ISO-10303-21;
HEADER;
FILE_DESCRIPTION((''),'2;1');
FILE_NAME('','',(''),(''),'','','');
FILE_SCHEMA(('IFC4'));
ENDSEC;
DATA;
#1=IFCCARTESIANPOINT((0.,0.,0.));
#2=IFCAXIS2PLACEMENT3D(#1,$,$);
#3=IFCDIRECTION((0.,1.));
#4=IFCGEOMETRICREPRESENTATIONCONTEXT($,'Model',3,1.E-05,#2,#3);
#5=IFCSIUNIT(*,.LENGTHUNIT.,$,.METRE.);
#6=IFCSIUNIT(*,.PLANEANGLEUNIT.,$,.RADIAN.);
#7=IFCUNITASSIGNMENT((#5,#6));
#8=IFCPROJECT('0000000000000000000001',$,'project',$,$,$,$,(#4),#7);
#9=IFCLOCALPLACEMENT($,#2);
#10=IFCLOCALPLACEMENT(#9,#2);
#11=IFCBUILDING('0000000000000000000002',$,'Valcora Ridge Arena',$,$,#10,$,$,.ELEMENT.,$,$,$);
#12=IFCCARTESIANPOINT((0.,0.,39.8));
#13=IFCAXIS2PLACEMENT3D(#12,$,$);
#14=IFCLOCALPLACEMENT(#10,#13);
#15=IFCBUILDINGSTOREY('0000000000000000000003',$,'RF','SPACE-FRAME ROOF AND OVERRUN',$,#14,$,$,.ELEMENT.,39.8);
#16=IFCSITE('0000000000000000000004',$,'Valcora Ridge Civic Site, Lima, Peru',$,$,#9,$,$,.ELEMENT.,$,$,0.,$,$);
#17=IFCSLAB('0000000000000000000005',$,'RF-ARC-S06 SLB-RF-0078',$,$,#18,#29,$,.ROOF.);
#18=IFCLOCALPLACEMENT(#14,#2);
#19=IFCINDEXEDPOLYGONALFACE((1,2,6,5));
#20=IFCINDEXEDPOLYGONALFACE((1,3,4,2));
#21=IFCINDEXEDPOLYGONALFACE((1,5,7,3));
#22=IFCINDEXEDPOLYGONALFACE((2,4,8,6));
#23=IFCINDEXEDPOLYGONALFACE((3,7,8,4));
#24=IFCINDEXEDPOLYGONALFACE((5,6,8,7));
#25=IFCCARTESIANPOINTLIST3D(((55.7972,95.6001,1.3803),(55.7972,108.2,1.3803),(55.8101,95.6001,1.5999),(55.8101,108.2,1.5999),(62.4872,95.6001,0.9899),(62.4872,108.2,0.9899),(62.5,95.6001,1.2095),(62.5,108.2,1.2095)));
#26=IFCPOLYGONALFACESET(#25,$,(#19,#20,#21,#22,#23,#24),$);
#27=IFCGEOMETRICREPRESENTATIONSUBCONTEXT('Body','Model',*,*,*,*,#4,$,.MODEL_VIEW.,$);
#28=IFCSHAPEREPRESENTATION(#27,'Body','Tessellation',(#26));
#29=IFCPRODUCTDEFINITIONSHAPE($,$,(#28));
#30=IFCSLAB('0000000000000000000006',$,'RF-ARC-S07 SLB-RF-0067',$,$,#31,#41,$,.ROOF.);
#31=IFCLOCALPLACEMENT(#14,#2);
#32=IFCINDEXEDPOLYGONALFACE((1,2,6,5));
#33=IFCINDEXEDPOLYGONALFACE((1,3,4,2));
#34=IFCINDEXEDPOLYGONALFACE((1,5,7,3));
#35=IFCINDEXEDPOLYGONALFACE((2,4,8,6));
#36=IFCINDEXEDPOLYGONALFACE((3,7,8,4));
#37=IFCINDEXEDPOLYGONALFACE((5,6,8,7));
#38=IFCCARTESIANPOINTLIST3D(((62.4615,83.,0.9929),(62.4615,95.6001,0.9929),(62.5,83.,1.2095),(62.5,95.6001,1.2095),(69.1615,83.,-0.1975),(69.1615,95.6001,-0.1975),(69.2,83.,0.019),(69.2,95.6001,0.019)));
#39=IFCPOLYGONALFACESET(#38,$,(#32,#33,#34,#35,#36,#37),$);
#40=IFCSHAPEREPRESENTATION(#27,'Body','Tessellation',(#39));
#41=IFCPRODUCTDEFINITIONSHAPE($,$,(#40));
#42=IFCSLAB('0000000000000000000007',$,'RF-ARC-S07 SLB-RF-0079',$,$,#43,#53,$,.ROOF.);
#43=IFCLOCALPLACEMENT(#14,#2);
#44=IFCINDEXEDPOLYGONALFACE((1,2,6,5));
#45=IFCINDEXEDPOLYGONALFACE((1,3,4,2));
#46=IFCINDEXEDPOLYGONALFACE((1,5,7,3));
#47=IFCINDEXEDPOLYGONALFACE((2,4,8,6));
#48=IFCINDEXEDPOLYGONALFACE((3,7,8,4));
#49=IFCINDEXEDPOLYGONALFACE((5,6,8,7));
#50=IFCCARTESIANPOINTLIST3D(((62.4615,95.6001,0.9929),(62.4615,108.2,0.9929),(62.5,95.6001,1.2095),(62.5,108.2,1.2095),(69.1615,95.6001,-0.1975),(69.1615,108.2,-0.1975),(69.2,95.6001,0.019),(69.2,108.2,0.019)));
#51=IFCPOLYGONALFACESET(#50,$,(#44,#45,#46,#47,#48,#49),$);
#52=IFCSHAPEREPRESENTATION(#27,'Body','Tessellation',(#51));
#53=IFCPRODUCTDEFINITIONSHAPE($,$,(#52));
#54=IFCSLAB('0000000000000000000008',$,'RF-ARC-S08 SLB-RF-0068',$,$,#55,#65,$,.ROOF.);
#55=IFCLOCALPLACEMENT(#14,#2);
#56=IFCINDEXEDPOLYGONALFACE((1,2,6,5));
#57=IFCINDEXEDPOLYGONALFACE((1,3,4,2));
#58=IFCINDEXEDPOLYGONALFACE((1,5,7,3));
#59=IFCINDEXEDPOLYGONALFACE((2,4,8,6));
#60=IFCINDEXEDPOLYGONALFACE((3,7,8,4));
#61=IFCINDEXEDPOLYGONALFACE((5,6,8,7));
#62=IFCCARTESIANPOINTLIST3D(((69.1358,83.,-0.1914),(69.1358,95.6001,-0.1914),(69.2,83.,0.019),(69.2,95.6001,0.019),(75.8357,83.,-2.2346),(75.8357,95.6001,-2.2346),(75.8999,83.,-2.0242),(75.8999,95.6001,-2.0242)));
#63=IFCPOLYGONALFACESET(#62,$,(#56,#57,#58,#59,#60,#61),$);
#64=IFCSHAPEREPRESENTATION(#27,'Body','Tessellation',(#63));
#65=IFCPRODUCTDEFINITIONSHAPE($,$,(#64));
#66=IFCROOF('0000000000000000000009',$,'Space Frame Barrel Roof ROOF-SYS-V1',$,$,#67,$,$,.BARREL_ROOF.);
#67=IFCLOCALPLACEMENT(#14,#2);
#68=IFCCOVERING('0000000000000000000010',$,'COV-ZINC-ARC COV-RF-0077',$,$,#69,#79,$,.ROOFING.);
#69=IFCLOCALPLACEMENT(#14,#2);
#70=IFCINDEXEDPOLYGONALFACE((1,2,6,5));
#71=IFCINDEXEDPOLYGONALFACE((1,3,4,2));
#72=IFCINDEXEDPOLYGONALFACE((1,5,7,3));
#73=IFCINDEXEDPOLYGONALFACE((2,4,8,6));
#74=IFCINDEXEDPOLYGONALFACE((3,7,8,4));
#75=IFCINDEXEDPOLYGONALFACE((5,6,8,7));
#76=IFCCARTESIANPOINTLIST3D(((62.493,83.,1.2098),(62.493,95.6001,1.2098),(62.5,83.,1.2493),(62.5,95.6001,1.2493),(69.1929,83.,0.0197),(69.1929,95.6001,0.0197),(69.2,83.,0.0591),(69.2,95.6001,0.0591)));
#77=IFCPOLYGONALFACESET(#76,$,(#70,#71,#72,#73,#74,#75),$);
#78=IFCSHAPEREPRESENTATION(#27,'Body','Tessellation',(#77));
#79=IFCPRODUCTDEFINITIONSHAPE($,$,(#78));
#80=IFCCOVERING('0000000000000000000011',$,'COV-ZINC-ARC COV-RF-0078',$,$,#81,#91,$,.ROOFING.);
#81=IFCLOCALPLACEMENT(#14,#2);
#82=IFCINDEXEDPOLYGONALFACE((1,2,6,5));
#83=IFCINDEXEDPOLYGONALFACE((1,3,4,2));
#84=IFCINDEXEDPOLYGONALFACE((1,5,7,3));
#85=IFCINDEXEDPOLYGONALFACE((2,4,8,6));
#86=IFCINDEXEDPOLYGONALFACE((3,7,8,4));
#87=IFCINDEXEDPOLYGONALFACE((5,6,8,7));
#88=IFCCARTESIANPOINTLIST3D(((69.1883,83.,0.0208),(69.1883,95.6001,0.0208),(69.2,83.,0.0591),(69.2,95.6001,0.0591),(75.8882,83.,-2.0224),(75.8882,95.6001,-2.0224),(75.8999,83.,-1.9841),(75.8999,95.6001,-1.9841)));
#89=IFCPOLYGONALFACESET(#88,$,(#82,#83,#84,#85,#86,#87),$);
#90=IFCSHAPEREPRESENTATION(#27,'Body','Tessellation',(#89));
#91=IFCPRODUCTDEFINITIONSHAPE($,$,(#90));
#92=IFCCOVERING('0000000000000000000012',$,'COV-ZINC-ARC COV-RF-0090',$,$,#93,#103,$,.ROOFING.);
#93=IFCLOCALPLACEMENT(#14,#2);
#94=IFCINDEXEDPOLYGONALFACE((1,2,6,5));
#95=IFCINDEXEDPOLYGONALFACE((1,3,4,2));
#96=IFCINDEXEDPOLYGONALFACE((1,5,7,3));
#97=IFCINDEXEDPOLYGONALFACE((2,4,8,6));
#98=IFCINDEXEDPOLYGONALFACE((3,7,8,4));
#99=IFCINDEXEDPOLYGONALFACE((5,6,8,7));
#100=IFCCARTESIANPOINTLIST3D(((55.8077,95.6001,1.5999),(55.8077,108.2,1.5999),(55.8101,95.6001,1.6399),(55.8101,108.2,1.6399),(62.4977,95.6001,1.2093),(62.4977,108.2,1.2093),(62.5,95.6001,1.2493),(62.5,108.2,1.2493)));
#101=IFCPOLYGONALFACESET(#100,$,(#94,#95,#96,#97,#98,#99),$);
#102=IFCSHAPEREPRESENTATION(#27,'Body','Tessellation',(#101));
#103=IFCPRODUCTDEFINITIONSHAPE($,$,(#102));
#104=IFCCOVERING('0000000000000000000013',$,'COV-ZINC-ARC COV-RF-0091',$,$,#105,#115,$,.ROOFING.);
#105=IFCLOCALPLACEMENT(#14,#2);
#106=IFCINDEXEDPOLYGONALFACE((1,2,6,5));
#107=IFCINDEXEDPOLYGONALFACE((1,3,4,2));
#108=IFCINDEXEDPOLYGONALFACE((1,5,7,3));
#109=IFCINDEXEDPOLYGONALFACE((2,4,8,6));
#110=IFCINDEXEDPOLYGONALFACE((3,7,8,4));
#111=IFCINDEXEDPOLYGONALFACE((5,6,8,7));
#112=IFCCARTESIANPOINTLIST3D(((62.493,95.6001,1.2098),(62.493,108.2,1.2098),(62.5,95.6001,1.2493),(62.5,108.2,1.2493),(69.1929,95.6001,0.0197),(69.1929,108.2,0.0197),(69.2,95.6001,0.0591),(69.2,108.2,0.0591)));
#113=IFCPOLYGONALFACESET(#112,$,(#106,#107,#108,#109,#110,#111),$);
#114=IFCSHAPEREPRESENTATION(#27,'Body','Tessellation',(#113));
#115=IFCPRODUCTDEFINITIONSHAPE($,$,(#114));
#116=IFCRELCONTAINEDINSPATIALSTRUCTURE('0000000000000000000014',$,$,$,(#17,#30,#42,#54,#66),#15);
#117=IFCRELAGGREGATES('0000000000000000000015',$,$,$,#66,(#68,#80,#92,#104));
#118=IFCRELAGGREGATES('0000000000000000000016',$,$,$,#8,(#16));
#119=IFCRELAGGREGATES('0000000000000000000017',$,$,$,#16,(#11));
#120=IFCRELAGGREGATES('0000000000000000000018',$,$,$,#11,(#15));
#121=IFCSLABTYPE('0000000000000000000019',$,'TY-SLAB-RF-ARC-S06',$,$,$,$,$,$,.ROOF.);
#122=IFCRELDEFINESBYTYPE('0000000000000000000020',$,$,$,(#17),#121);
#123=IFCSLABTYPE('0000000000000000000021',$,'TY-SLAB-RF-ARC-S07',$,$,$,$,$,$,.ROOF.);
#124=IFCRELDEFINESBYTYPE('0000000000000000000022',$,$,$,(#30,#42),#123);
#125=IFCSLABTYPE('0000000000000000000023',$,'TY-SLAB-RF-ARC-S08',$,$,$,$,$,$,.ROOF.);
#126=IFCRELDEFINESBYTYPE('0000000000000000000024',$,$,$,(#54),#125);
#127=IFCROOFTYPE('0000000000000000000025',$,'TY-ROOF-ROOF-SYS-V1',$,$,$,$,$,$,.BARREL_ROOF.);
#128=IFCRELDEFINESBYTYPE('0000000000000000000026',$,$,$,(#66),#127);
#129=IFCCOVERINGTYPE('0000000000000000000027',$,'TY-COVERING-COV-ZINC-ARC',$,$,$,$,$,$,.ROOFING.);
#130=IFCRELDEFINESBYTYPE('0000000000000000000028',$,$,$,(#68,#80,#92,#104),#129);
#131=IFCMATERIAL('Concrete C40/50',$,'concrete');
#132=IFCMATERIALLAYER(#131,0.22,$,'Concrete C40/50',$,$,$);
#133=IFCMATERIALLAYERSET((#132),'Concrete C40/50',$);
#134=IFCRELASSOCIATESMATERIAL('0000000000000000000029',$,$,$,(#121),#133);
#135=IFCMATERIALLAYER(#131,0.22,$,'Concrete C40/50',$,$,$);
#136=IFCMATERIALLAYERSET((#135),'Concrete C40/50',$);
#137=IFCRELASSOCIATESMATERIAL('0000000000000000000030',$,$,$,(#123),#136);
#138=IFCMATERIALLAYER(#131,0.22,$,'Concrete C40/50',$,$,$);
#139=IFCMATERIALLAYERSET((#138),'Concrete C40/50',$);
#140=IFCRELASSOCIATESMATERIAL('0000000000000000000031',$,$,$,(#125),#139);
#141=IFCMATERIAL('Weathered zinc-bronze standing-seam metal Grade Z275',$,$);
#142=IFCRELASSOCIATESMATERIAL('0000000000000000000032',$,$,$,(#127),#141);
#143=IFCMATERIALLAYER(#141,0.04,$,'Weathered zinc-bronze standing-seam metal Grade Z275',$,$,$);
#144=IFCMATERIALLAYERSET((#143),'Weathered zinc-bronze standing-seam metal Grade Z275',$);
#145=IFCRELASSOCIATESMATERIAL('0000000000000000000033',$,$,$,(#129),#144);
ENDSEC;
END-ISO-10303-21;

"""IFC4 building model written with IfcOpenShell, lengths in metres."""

from ifc_helpers import new_model, si_unit, direction, frame, origin, place, context, subcontext, project, spatial, polyline, outline, extrude, material, layer, layer_set, type_object, element, aggregate, save


model = new_model("IFC4")

# Units and contexts
model_context = context("Model", 3, precision=1e-05, world=origin(), true_north=direction((0.0, 1.0)))
body_context = subcontext(model_context, "Body", "Model", "MODEL_VIEW")
ifc_project = project(units=[si_unit("LENGTHUNIT", "METRE"), si_unit("PLANEANGLEUNIT", "RADIAN")], contexts=[model_context])

# Site, building, storey
site_placement = place(None, origin())
site = spatial("IfcSite", under=ifc_project, at=site_placement, Name="Valcora Ridge Civic Site, Lima, Peru", CompositionType="ELEMENT", RefElevation=0.0)
building_placement = place(site_placement, origin())
building = spatial("IfcBuilding", under=site, at=building_placement, Name="Valcora Ridge Arena", CompositionType="ELEMENT")
storey_placement = place(building_placement, frame((0.0, 0.0, 39.8)))
storey = spatial("IfcBuildingStorey", under=building, at=storey_placement, Name="RF", Description="SPACE-FRAME ROOF AND OVERRUN", CompositionType="ELEMENT", Elevation=39.8)

# Slabs
ifc_material_1 = material(Name="Concrete C40/50", Category="concrete")
ifc_layer_1 = layer(ifc_material_1, 0.22, Name="Concrete C40/50")
ifc_layer_set_1 = layer_set([ifc_layer_1], Name="Concrete C40/50")
slab_type_1 = type_object("IfcSlabType", Name="TY-SLAB-RF-ARC-S06", PredefinedType="ROOF", material=ifc_layer_set_1)
slab_1_placement = place(storey_placement, frame((55.8101, 95.6001, 1.5999), z_axis=(0.058254, 0.0, 0.998302), x_axis=(0.998302, 0.0, -0.058254)))
element("IfcSlab", 1, at=slab_1_placement, inside=storey, type_object=slab_type_1, Name="RF-ARC-S06 SLB-RF-0078", PredefinedType="ROOF", context=body_context, shape_type="SweptSolid", body=[
    extrude(outline(polyline([(0.0, 0.0), (6.7013, 0.0), (6.7013, 12.5999), (0.0, 12.5999), (0.0, 0.0)])), origin(), (0.0, 0.0, -1.0), 0.22),
])
ifc_layer_2 = layer(ifc_material_1, 0.22, Name="Concrete C40/50")
ifc_layer_set_2 = layer_set([ifc_layer_2], Name="Concrete C40/50")
slab_type_2 = type_object("IfcSlabType", Name="TY-SLAB-RF-ARC-S07", PredefinedType="ROOF", material=ifc_layer_set_2)
slab_2_placement = place(storey_placement, frame((62.5, 83.0, 1.2095), z_axis=(0.174938, 0.0, 0.98458), x_axis=(0.98458, 0.0, -0.174938)))
element("IfcSlab", 2, at=slab_2_placement, inside=storey, type_object=slab_type_2, Name="RF-ARC-S07 SLB-RF-0067", PredefinedType="ROOF", context=body_context, shape_type="SweptSolid", body=[
    extrude(outline(polyline([(0.0, 0.0), (6.8049, 0.0), (6.8049, 12.6001), (0.0, 12.6001), (0.0, 0.0)])), origin(), (0.0, 0.0, -1.0), 0.22),
])
slab_3_placement = place(storey_placement, frame((62.5, 95.6001, 1.2095), z_axis=(0.174938, 0.0, 0.98458), x_axis=(0.98458, 0.0, -0.174938)))
element("IfcSlab", 3, at=slab_3_placement, inside=storey, type_object=slab_type_2, Name="RF-ARC-S07 SLB-RF-0079", PredefinedType="ROOF", context=body_context, shape_type="SweptSolid", body=[
    extrude(outline(polyline([(0.0, 0.0), (6.8049, 0.0), (6.8049, 12.5999), (0.0, 12.5999), (0.0, 0.0)])), origin(), (0.0, 0.0, -1.0), 0.22),
])
ifc_layer_3 = layer(ifc_material_1, 0.22, Name="Concrete C40/50")
ifc_layer_set_3 = layer_set([ifc_layer_3], Name="Concrete C40/50")
slab_type_3 = type_object("IfcSlabType", Name="TY-SLAB-RF-ARC-S08", PredefinedType="ROOF", material=ifc_layer_set_3)
slab_4_placement = place(storey_placement, frame((69.2, 83.0, 0.019), z_axis=(0.291697, 0.0, 0.956511), x_axis=(0.956511, 0.0, -0.291697)))
element("IfcSlab", 4, at=slab_4_placement, inside=storey, type_object=slab_type_3, Name="RF-ARC-S08 SLB-RF-0068", PredefinedType="ROOF", context=body_context, shape_type="SweptSolid", body=[
    extrude(outline(polyline([(0.0, 0.0), (7.0046, 0.0), (7.0046, 12.6001), (0.0, 12.6001), (0.0, 0.0)])), origin(), (0.0, 0.0, -1.0), 0.22),
])

# Roof, coverings
ifc_material_2 = material(Name="Weathered zinc-bronze standing-seam metal Grade Z275")
roof_type = type_object("IfcRoofType", Name="TY-ROOF-ROOF-SYS-V1", PredefinedType="BARREL_ROOF", material=ifc_material_2)
roof_placement = place(storey_placement, origin())
roof = element("IfcRoof", 5, at=roof_placement, inside=storey, type_object=roof_type, Name="Space Frame Barrel Roof ROOF-SYS-V1", PredefinedType="BARREL_ROOF")
ifc_layer_4 = layer(ifc_material_2, 0.04, Name="Weathered zinc-bronze standing-seam metal Grade Z275")
ifc_layer_set_4 = layer_set([ifc_layer_4], Name="Weathered zinc-bronze standing-seam metal Grade Z275")
covering_type = type_object("IfcCoveringType", Name="TY-COVERING-COV-ZINC-ARC", PredefinedType="ROOFING", material=ifc_layer_set_4)
covering_1_placement = place(storey_placement, frame((62.5, 83.0, 1.2493), z_axis=(0.174903, 0.0, 0.984586), x_axis=(0.984586, 0.0, -0.174903)))
covering_1 = element("IfcCovering", 6, at=covering_1_placement, type_object=covering_type, Name="COV-ZINC-ARC COV-RF-0077", PredefinedType="ROOFING", context=body_context, shape_type="SweptSolid", body=[
    extrude(outline(polyline([(0.0, 0.0), (6.8048, 0.0), (6.8048, 12.6001), (0.0, 12.6001), (0.0, 0.0)])), origin(), (0.0, 0.0, -1.0), 0.04),
])
covering_2_placement = place(storey_placement, frame((69.2, 83.0, 0.0591), z_axis=(0.291697, 0.0, 0.956511), x_axis=(0.956511, 0.0, -0.291697)))
covering_2 = element("IfcCovering", 7, at=covering_2_placement, type_object=covering_type, Name="COV-ZINC-ARC COV-RF-0078", PredefinedType="ROOFING", context=body_context, shape_type="SweptSolid", body=[
    extrude(outline(polyline([(0.0, 0.0), (7.0046, 0.0), (7.0046, 12.6001), (0.0, 12.6001), (0.0, 0.0)])), origin(), (0.0, 0.0, -1.0), 0.04),
])
covering_3_placement = place(storey_placement, frame((55.8101, 95.6001, 1.6399), z_axis=(0.058291, 0.0, 0.9983), x_axis=(0.9983, 0.0, -0.058291)))
covering_3 = element("IfcCovering", 8, at=covering_3_placement, type_object=covering_type, Name="COV-ZINC-ARC COV-RF-0090", PredefinedType="ROOFING", context=body_context, shape_type="SweptSolid", body=[
    extrude(outline(polyline([(0.0, 0.0), (6.7013, 0.0), (6.7013, 12.5999), (0.0, 12.5999), (0.0, 0.0)])), origin(), (0.0, 0.0, -1.0), 0.04),
])
covering_4_placement = place(storey_placement, frame((62.5, 95.6001, 1.2493), z_axis=(0.174903, 0.0, 0.984586), x_axis=(0.984586, 0.0, -0.174903)))
covering_4 = element("IfcCovering", 9, at=covering_4_placement, type_object=covering_type, Name="COV-ZINC-ARC COV-RF-0091", PredefinedType="ROOFING", context=body_context, shape_type="SweptSolid", body=[
    extrude(outline(polyline([(0.0, 0.0), (6.8048, 0.0), (6.8048, 12.5999), (0.0, 12.5999), (0.0, 0.0)])), origin(), (0.0, 0.0, -1.0), 0.04),
])
aggregate(roof, [covering_1, covering_2, covering_3, covering_4])

save(model, "model.ifc")
